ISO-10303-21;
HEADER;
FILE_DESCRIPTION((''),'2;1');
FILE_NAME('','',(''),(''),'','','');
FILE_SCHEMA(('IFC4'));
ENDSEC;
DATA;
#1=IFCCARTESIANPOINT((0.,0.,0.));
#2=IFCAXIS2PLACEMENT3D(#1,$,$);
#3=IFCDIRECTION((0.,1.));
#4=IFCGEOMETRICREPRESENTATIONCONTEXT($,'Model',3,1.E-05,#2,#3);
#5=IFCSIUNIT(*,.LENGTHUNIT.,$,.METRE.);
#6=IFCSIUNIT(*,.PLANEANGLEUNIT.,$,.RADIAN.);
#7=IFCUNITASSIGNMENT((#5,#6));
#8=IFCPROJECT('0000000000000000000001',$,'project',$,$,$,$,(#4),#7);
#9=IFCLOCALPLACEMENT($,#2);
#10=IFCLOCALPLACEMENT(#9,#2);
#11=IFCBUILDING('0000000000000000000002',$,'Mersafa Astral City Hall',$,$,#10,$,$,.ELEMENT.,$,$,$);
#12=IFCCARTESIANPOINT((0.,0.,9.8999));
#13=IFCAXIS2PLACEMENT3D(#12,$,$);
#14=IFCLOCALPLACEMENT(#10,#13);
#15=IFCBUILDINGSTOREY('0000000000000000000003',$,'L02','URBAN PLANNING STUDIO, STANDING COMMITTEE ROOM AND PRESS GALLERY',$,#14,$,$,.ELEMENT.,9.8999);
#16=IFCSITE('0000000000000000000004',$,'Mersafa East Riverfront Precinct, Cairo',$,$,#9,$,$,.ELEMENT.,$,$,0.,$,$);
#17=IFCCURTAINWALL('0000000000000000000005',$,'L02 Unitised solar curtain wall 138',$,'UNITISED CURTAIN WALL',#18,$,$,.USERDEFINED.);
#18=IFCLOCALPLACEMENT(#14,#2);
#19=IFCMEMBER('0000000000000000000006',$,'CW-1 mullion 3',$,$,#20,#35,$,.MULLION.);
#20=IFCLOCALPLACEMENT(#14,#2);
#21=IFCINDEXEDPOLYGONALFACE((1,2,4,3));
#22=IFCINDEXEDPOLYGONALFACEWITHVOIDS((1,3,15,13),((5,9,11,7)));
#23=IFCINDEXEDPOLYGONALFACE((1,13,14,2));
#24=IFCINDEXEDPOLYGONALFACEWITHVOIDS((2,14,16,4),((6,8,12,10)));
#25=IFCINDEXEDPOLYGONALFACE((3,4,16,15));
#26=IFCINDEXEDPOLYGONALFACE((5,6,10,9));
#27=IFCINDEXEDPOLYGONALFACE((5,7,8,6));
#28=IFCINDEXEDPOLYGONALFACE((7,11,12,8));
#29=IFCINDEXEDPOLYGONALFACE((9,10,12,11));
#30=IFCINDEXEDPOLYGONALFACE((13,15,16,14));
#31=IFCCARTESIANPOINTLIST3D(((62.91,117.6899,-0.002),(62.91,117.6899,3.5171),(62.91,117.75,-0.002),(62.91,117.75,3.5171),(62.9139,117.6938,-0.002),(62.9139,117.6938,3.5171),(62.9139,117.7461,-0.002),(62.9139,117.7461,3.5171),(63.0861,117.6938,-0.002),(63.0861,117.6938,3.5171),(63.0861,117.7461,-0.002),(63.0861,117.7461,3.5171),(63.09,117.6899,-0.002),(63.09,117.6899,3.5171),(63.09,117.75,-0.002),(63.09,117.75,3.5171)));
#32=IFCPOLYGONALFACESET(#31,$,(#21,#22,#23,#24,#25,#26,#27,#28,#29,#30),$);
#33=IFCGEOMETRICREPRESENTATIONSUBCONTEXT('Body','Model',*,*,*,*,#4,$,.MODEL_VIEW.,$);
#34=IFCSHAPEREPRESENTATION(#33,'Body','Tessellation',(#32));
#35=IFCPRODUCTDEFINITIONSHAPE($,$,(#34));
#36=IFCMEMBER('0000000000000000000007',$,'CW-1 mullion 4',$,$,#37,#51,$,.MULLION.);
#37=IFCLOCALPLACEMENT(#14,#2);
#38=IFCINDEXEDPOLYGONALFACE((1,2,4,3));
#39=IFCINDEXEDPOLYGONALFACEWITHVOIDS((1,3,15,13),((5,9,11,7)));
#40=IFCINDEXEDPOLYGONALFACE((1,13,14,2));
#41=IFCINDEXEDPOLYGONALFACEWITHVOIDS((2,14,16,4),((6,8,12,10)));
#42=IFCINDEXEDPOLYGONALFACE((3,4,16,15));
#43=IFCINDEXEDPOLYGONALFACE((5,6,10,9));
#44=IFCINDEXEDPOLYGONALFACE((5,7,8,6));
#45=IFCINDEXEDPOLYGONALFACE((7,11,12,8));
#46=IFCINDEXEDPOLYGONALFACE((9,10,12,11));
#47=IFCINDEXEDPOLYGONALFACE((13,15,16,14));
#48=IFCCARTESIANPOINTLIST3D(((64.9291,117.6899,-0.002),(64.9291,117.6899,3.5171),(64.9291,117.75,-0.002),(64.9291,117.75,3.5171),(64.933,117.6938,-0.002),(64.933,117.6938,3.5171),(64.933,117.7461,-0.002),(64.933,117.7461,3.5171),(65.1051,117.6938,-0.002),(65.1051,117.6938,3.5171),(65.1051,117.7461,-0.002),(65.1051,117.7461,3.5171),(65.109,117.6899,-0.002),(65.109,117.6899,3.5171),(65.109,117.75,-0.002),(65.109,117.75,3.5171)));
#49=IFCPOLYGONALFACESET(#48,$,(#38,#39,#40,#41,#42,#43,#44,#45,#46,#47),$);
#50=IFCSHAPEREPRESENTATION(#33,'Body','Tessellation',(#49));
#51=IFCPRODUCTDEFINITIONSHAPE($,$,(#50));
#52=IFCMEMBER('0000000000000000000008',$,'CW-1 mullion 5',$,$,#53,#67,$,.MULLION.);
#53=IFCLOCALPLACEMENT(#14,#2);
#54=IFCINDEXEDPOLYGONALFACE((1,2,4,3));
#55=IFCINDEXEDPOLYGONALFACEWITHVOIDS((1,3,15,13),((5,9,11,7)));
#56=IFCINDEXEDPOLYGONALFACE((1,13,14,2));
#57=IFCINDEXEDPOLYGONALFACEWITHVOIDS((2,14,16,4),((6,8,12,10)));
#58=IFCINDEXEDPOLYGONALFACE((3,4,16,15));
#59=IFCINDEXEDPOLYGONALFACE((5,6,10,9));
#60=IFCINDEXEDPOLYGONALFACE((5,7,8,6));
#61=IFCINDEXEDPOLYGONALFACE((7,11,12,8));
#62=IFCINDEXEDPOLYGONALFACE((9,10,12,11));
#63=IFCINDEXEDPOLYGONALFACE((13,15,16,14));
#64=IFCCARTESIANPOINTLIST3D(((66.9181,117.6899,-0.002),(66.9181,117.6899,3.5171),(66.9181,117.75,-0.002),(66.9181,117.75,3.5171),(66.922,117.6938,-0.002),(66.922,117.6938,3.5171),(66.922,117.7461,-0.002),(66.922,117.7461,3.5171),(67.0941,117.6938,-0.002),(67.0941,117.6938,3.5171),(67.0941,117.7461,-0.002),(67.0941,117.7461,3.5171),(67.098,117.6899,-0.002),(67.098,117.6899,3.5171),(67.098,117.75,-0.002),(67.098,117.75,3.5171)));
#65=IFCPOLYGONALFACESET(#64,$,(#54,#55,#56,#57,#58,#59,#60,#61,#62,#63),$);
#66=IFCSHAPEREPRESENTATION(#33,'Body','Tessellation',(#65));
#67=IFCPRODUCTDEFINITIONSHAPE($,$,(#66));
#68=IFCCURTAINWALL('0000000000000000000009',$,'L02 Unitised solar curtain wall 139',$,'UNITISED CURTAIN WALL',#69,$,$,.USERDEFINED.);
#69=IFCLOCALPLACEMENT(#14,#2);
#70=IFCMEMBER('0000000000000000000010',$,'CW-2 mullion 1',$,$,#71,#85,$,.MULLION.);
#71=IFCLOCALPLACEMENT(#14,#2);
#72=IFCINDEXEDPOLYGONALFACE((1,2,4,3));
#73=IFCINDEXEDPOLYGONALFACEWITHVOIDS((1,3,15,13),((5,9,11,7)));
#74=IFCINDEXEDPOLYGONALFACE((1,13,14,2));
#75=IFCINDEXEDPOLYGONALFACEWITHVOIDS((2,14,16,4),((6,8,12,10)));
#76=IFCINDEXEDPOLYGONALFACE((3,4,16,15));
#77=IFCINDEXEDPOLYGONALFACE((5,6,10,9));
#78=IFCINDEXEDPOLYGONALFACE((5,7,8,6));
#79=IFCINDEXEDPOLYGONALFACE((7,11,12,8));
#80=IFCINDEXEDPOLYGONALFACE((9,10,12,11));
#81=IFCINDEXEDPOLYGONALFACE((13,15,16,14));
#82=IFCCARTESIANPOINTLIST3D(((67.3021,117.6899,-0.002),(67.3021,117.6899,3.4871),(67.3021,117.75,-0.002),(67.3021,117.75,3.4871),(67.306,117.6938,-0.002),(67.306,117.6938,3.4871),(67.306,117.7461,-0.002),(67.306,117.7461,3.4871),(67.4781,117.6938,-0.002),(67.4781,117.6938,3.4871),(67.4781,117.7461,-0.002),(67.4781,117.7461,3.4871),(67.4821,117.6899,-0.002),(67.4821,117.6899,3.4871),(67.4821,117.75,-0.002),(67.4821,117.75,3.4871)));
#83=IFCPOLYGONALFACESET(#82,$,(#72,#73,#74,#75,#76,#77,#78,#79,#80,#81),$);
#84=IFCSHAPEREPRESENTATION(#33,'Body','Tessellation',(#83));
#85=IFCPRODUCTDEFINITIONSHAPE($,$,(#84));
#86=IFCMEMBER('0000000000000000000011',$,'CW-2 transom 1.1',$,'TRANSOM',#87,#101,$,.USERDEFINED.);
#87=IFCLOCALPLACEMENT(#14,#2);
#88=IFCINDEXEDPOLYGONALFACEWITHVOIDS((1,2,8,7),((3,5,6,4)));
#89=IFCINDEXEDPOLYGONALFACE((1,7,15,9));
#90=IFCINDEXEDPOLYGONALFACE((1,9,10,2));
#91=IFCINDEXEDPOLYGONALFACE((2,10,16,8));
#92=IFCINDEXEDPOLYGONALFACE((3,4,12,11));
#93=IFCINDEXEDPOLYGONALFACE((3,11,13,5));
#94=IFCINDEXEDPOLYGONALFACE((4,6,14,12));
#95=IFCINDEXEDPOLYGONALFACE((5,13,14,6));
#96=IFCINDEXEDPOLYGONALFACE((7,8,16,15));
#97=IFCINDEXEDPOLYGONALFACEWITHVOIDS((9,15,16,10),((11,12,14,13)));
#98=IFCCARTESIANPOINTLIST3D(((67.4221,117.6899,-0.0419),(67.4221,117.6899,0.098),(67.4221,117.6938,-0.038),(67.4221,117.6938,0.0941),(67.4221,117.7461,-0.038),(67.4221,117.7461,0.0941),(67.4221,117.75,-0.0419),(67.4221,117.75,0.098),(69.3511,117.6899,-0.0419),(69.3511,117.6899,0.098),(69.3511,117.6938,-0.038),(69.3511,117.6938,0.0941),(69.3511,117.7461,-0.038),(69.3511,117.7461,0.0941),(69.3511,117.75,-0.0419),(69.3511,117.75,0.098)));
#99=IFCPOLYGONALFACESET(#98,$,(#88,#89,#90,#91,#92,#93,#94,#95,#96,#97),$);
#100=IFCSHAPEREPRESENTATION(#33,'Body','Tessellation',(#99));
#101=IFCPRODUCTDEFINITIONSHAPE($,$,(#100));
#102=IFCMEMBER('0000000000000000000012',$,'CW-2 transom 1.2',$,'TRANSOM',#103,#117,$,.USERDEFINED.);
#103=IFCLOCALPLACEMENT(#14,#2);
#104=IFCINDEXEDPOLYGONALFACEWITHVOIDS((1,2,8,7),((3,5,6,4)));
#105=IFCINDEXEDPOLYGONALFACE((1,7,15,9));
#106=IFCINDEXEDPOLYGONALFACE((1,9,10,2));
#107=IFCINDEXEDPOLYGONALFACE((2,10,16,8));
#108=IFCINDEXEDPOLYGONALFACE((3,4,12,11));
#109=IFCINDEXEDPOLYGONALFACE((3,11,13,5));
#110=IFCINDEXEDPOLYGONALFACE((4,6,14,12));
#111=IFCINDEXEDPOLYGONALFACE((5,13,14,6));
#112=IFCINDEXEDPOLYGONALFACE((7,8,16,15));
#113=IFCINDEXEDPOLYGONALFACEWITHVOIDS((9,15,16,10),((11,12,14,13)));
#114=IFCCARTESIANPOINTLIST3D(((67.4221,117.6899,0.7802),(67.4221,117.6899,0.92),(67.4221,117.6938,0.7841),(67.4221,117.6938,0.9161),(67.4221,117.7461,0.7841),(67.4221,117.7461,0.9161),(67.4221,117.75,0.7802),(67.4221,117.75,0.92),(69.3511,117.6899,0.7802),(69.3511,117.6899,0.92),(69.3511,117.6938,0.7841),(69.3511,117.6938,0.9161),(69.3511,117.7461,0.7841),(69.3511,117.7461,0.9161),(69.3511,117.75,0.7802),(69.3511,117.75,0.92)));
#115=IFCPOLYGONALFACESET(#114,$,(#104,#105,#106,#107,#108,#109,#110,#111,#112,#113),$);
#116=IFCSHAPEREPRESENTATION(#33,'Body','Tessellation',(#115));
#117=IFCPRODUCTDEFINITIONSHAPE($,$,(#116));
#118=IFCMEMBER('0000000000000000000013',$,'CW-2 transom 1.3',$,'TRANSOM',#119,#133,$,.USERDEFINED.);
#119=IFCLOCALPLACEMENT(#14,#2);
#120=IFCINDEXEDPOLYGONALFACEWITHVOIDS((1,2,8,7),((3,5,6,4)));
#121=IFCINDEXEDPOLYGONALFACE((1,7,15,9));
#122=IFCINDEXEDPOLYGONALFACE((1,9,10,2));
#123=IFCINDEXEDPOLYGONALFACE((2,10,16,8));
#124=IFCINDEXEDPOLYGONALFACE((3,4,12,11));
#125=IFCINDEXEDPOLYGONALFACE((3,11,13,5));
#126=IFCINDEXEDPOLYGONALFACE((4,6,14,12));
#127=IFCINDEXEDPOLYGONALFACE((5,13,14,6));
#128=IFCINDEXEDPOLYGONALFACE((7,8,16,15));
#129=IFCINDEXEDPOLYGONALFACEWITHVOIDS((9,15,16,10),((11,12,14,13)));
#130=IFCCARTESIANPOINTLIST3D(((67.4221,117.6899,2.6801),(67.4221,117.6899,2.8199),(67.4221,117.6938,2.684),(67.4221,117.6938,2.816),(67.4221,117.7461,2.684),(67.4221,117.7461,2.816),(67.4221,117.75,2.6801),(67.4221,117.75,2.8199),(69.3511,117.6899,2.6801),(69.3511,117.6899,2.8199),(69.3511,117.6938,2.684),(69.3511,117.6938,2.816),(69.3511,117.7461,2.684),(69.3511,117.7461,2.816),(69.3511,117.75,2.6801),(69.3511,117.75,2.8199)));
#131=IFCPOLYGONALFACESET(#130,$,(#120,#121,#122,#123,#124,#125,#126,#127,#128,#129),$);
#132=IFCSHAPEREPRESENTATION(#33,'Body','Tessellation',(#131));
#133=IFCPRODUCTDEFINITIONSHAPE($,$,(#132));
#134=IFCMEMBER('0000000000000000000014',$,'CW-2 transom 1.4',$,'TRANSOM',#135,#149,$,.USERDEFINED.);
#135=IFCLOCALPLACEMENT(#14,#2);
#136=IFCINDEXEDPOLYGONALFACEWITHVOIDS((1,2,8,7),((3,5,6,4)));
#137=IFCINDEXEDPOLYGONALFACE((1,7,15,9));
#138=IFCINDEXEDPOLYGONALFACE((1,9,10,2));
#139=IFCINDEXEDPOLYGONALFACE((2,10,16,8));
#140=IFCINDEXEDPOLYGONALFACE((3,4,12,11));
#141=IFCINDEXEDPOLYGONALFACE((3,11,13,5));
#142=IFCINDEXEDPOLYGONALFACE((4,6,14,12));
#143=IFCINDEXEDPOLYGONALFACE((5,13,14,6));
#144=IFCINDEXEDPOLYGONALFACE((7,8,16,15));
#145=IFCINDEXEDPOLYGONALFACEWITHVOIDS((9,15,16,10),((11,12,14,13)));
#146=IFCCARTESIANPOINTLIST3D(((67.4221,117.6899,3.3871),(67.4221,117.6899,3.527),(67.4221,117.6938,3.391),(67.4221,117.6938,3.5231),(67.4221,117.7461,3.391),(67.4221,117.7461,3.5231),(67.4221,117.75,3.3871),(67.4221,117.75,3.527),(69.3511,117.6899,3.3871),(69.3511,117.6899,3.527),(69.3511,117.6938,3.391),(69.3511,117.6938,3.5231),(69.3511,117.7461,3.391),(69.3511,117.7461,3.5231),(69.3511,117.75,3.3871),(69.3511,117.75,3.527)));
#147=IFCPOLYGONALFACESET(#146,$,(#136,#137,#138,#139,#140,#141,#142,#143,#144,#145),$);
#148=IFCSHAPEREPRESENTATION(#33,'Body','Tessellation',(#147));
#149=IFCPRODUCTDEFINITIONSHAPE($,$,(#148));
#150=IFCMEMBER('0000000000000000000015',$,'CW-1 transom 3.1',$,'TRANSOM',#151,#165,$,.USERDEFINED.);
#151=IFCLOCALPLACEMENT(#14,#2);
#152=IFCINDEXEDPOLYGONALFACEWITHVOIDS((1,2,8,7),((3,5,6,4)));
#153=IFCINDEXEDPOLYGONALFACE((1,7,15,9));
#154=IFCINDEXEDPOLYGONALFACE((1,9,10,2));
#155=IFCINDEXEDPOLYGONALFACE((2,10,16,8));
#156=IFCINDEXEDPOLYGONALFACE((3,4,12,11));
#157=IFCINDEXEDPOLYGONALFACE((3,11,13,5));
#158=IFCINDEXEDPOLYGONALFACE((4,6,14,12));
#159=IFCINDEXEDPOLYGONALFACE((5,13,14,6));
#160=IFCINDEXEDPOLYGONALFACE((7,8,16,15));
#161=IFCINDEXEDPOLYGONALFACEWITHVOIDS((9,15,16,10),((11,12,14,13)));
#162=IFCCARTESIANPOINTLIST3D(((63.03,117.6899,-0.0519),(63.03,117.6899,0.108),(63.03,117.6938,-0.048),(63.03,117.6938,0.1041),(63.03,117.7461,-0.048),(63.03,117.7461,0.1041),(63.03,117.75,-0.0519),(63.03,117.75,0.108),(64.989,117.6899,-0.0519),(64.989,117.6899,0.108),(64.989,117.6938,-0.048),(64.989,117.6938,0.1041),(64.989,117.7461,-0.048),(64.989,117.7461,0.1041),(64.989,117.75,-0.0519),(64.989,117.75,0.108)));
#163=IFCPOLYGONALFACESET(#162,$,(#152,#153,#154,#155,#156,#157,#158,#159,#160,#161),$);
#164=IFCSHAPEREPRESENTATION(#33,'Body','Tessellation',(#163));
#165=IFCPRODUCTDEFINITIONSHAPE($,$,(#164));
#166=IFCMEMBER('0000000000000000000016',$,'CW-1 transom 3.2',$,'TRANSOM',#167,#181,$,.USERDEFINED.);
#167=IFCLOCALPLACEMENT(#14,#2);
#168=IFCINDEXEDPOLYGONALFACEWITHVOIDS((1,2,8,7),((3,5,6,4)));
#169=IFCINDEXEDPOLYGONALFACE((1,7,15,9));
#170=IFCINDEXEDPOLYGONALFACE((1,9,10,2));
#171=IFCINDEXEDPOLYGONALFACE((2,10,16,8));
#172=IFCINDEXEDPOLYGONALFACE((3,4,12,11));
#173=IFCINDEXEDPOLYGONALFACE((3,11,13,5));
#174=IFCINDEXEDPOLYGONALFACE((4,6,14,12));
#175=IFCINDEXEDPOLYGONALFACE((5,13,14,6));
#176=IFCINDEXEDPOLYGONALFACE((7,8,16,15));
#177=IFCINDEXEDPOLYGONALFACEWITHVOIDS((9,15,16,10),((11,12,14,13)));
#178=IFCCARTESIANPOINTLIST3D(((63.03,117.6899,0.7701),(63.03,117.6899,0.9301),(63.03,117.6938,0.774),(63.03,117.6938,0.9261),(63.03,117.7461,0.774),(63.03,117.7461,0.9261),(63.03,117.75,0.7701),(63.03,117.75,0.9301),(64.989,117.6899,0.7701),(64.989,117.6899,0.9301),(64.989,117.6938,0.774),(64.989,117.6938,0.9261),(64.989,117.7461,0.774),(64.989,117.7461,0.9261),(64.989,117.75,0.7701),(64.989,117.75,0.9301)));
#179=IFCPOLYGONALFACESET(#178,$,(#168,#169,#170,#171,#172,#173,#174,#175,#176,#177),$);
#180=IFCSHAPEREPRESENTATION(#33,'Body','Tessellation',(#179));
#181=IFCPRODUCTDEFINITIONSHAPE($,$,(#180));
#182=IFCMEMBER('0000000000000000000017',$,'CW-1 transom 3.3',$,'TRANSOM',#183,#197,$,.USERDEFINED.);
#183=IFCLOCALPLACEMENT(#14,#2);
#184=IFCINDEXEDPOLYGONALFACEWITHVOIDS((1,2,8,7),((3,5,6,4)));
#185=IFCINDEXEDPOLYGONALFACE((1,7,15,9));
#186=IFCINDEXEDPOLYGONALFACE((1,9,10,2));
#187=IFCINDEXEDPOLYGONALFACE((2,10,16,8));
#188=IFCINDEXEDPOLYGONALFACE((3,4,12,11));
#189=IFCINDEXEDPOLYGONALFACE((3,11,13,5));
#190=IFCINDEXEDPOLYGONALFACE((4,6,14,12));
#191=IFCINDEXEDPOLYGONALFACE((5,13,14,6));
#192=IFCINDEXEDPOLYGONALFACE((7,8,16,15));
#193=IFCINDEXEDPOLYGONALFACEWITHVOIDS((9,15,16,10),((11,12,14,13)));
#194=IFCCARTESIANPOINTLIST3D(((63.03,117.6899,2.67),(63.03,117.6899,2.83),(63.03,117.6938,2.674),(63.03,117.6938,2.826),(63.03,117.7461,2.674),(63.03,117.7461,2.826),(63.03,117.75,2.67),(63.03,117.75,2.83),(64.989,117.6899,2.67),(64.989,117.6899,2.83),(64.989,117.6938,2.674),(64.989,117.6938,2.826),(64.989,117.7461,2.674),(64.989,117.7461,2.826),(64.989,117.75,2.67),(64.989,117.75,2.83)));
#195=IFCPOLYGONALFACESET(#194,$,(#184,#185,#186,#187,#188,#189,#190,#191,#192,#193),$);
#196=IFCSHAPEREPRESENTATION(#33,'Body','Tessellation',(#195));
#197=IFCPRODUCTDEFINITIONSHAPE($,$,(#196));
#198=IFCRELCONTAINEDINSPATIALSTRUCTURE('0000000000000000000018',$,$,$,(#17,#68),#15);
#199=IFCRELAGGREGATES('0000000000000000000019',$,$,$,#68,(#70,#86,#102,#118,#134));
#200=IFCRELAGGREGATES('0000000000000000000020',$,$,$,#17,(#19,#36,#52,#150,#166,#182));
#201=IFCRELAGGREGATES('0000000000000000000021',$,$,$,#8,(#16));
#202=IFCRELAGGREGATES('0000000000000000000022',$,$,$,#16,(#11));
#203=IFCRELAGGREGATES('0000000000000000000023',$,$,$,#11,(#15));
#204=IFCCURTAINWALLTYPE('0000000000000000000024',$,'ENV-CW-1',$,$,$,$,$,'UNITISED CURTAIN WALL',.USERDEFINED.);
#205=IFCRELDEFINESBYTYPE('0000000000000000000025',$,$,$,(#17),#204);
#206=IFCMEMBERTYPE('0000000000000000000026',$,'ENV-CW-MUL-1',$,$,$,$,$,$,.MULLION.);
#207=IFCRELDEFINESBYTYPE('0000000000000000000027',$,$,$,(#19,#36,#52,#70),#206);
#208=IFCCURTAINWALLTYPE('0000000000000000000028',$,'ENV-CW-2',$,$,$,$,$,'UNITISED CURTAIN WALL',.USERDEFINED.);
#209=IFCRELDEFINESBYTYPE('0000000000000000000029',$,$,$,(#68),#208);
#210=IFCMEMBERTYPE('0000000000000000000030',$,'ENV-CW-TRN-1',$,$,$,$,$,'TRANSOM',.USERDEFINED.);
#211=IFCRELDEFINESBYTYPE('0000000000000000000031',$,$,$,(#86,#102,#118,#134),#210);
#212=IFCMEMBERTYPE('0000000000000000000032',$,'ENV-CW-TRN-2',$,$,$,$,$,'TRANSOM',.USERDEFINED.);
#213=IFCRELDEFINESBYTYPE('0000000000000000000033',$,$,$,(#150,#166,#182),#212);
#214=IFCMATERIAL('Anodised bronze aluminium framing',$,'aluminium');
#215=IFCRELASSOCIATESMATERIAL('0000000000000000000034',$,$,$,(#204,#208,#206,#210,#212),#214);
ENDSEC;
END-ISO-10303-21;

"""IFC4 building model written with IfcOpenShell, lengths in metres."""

from ifc_helpers import new_model, si_unit, direction, frame, origin, origin_2d, place, context, subcontext, project, spatial, hollow_rectangle, extrude, material, material_profile, profile_set, type_object, element, aggregate, save


model = new_model("IFC4")

# Units and contexts
model_context = context("Model", 3, precision=1e-05, world=origin(), true_north=direction((0.0, 1.0)))
body_context = subcontext(model_context, "Body", "Model", "MODEL_VIEW")
ifc_project = project(units=[si_unit("LENGTHUNIT", "METRE"), si_unit("PLANEANGLEUNIT", "RADIAN")], contexts=[model_context])

# Site, building, storey
site_placement = place(None, origin())
site = spatial("IfcSite", under=ifc_project, at=site_placement, Name="Mersafa East Riverfront Precinct, Cairo", CompositionType="ELEMENT", RefElevation=0.0)
building_placement = place(site_placement, origin())
building = spatial("IfcBuilding", under=site, at=building_placement, Name="Mersafa Astral City Hall", CompositionType="ELEMENT")
storey_placement = place(building_placement, frame((0.0, 0.0, 9.8999)))
storey = spatial("IfcBuildingStorey", under=building, at=storey_placement, Name="L02", Description="URBAN PLANNING STUDIO, STANDING COMMITTEE ROOM AND PRESS GALLERY", CompositionType="ELEMENT", Elevation=9.8999)

# Curtain walls, members
ifc_material_1 = material(Name="Anodised bronze aluminium framing", Category="aluminium")
curtain_wall_type_1 = type_object("IfcCurtainWallType", Name="ENV-CW-1", ElementType="UNITISED CURTAIN WALL", PredefinedType="USERDEFINED", material=ifc_material_1)
curtain_wall_1_placement = place(storey_placement, origin())
curtain_wall_1 = element("IfcCurtainWall", 1, at=curtain_wall_1_placement, inside=storey, type_object=curtain_wall_type_1, Name="L02 Unitised solar curtain wall 138", ObjectType="UNITISED CURTAIN WALL", PredefinedType="USERDEFINED")
ifc_material_profile_1 = material_profile(ifc_material_1, hollow_rectangle(XDim=0.0601, YDim=0.1799, WallThickness=0.0039, at=origin_2d()), Name="RHS 60x180x4")
ifc_profile_set_1 = profile_set([ifc_material_profile_1], Name="Anodised bronze aluminium framing")
member_type_1 = type_object("IfcMemberType", Name="ENV-CW-MUL-1", PredefinedType="MULLION", material=ifc_profile_set_1)
member_1_placement = place(storey_placement, frame((63.0, 117.72, -0.002), z_axis=(0.0, 0.0, 1.0), x_axis=(0.0, 1.0, 0.0)))
member_1 = element("IfcMember", 2, at=member_1_placement, type_object=member_type_1, Name="CW-1 mullion 3", PredefinedType="MULLION", context=body_context, shape_type="SweptSolid", body=[
    extrude(hollow_rectangle(XDim=0.0601, YDim=0.1799, WallThickness=0.0039, at=origin_2d()), origin(), (0.0, 0.0, 1.0), 3.519),
])
member_2_placement = place(storey_placement, frame((65.019, 117.72, -0.002), z_axis=(0.0, 0.0, 1.0), x_axis=(0.0, 1.0, 0.0)))
member_2 = element("IfcMember", 3, at=member_2_placement, type_object=member_type_1, Name="CW-1 mullion 4", PredefinedType="MULLION", context=body_context, shape_type="SweptSolid", body=[
    extrude(hollow_rectangle(XDim=0.0601, YDim=0.1799, WallThickness=0.0039, at=origin_2d()), origin(), (0.0, 0.0, 1.0), 3.519),
])
member_3_placement = place(storey_placement, frame((67.0081, 117.72, -0.002), z_axis=(0.0, 0.0, 1.0), x_axis=(0.0, 1.0, 0.0)))
member_3 = element("IfcMember", 4, at=member_3_placement, type_object=member_type_1, Name="CW-1 mullion 5", PredefinedType="MULLION", context=body_context, shape_type="SweptSolid", body=[
    extrude(hollow_rectangle(XDim=0.0601, YDim=0.1799, WallThickness=0.0039, at=origin_2d()), origin(), (0.0, 0.0, 1.0), 3.519),
])
curtain_wall_type_2 = type_object("IfcCurtainWallType", Name="ENV-CW-2", ElementType="UNITISED CURTAIN WALL", PredefinedType="USERDEFINED", material=ifc_material_1)
curtain_wall_2_placement = place(storey_placement, origin())
curtain_wall_2 = element("IfcCurtainWall", 5, at=curtain_wall_2_placement, inside=storey, type_object=curtain_wall_type_2, Name="L02 Unitised solar curtain wall 139", ObjectType="UNITISED CURTAIN WALL", PredefinedType="USERDEFINED")
member_4_placement = place(storey_placement, frame((67.3921, 117.72, -0.002), z_axis=(0.0, 0.0, 1.0), x_axis=(0.0, 1.0, 0.0)))
member_4 = element("IfcMember", 6, at=member_4_placement, type_object=member_type_1, Name="CW-2 mullion 1", PredefinedType="MULLION", context=body_context, shape_type="SweptSolid", body=[
    extrude(hollow_rectangle(XDim=0.0601, YDim=0.1799, WallThickness=0.0039, at=origin_2d()), origin(), (0.0, 0.0, 1.0), 3.489),
])
ifc_material_profile_2 = material_profile(ifc_material_1, hollow_rectangle(XDim=0.0601, YDim=0.1399, WallThickness=0.0039, at=origin_2d()), Name="RHS 60x140x4")
ifc_profile_set_2 = profile_set([ifc_material_profile_2], Name="Anodised bronze aluminium framing")
member_type_2 = type_object("IfcMemberType", Name="ENV-CW-TRN-1", ElementType="TRANSOM", PredefinedType="USERDEFINED", material=ifc_profile_set_2)
member_5_placement = place(storey_placement, frame((67.4221, 117.72, 0.0281), z_axis=(1.0, 0.0, 0.0), x_axis=(0.0, 1.0, 0.0)))
member_5 = element("IfcMember", 7, at=member_5_placement, type_object=member_type_2, Name="CW-2 transom 1.1", ObjectType="TRANSOM", PredefinedType="USERDEFINED", context=body_context, shape_type="SweptSolid", body=[
    extrude(hollow_rectangle(XDim=0.0601, YDim=0.1399, WallThickness=0.0039, at=origin_2d()), origin(), (0.0, 0.0, 1.0), 1.929),
])
member_6_placement = place(storey_placement, frame((67.4221, 117.72, 0.8501), z_axis=(1.0, 0.0, 0.0), x_axis=(0.0, 1.0, 0.0)))
member_6 = element("IfcMember", 8, at=member_6_placement, type_object=member_type_2, Name="CW-2 transom 1.2", ObjectType="TRANSOM", PredefinedType="USERDEFINED", context=body_context, shape_type="SweptSolid", body=[
    extrude(hollow_rectangle(XDim=0.0601, YDim=0.1399, WallThickness=0.0039, at=origin_2d()), origin(), (0.0, 0.0, 1.0), 1.929),
])
member_7_placement = place(storey_placement, frame((67.4221, 117.72, 2.75), z_axis=(1.0, 0.0, 0.0), x_axis=(0.0, 1.0, 0.0)))
member_7 = element("IfcMember", 9, at=member_7_placement, type_object=member_type_2, Name="CW-2 transom 1.3", ObjectType="TRANSOM", PredefinedType="USERDEFINED", context=body_context, shape_type="SweptSolid", body=[
    extrude(hollow_rectangle(XDim=0.0601, YDim=0.1399, WallThickness=0.0039, at=origin_2d()), origin(), (0.0, 0.0, 1.0), 1.929),
])
member_8_placement = place(storey_placement, frame((67.4221, 117.72, 3.457), z_axis=(1.0, 0.0, 0.0), x_axis=(0.0, 1.0, 0.0)))
member_8 = element("IfcMember", 10, at=member_8_placement, type_object=member_type_2, Name="CW-2 transom 1.4", ObjectType="TRANSOM", PredefinedType="USERDEFINED", context=body_context, shape_type="SweptSolid", body=[
    extrude(hollow_rectangle(XDim=0.0601, YDim=0.1399, WallThickness=0.0039, at=origin_2d()), origin(), (0.0, 0.0, 1.0), 1.929),
])
aggregate(curtain_wall_2, [member_4, member_5, member_6, member_7, member_8])

# Members
ifc_material_profile_3 = material_profile(ifc_material_1, hollow_rectangle(XDim=0.0601, YDim=0.1599, WallThickness=0.0039, at=origin_2d()), Name="RHS 60x160x4")
ifc_profile_set_3 = profile_set([ifc_material_profile_3], Name="Anodised bronze aluminium framing")
member_type_3 = type_object("IfcMemberType", Name="ENV-CW-TRN-2", ElementType="TRANSOM", PredefinedType="USERDEFINED", material=ifc_profile_set_3)
member_9_placement = place(storey_placement, frame((63.03, 117.72, 0.0281), z_axis=(1.0, 0.0, 0.0), x_axis=(0.0, 1.0, 0.0)))
member_9 = element("IfcMember", 11, at=member_9_placement, type_object=member_type_3, Name="CW-1 transom 3.1", ObjectType="TRANSOM", PredefinedType="USERDEFINED", context=body_context, shape_type="SweptSolid", body=[
    extrude(hollow_rectangle(XDim=0.0601, YDim=0.1599, WallThickness=0.0039, at=origin_2d()), origin(), (0.0, 0.0, 1.0), 1.959),
])
member_10_placement = place(storey_placement, frame((63.03, 117.72, 0.8501), z_axis=(1.0, 0.0, 0.0), x_axis=(0.0, 1.0, 0.0)))
member_10 = element("IfcMember", 12, at=member_10_placement, type_object=member_type_3, Name="CW-1 transom 3.2", ObjectType="TRANSOM", PredefinedType="USERDEFINED", context=body_context, shape_type="SweptSolid", body=[
    extrude(hollow_rectangle(XDim=0.0601, YDim=0.1599, WallThickness=0.0039, at=origin_2d()), origin(), (0.0, 0.0, 1.0), 1.959),
])
member_11_placement = place(storey_placement, frame((63.03, 117.72, 2.75), z_axis=(1.0, 0.0, 0.0), x_axis=(0.0, 1.0, 0.0)))
member_11 = element("IfcMember", 13, at=member_11_placement, type_object=member_type_3, Name="CW-1 transom 3.3", ObjectType="TRANSOM", PredefinedType="USERDEFINED", context=body_context, shape_type="SweptSolid", body=[
    extrude(hollow_rectangle(XDim=0.0601, YDim=0.1599, WallThickness=0.0039, at=origin_2d()), origin(), (0.0, 0.0, 1.0), 1.959),
])

aggregate(curtain_wall_1, [member_1, member_2, member_3, member_9, member_10, member_11])

save(model, "model.ifc")
